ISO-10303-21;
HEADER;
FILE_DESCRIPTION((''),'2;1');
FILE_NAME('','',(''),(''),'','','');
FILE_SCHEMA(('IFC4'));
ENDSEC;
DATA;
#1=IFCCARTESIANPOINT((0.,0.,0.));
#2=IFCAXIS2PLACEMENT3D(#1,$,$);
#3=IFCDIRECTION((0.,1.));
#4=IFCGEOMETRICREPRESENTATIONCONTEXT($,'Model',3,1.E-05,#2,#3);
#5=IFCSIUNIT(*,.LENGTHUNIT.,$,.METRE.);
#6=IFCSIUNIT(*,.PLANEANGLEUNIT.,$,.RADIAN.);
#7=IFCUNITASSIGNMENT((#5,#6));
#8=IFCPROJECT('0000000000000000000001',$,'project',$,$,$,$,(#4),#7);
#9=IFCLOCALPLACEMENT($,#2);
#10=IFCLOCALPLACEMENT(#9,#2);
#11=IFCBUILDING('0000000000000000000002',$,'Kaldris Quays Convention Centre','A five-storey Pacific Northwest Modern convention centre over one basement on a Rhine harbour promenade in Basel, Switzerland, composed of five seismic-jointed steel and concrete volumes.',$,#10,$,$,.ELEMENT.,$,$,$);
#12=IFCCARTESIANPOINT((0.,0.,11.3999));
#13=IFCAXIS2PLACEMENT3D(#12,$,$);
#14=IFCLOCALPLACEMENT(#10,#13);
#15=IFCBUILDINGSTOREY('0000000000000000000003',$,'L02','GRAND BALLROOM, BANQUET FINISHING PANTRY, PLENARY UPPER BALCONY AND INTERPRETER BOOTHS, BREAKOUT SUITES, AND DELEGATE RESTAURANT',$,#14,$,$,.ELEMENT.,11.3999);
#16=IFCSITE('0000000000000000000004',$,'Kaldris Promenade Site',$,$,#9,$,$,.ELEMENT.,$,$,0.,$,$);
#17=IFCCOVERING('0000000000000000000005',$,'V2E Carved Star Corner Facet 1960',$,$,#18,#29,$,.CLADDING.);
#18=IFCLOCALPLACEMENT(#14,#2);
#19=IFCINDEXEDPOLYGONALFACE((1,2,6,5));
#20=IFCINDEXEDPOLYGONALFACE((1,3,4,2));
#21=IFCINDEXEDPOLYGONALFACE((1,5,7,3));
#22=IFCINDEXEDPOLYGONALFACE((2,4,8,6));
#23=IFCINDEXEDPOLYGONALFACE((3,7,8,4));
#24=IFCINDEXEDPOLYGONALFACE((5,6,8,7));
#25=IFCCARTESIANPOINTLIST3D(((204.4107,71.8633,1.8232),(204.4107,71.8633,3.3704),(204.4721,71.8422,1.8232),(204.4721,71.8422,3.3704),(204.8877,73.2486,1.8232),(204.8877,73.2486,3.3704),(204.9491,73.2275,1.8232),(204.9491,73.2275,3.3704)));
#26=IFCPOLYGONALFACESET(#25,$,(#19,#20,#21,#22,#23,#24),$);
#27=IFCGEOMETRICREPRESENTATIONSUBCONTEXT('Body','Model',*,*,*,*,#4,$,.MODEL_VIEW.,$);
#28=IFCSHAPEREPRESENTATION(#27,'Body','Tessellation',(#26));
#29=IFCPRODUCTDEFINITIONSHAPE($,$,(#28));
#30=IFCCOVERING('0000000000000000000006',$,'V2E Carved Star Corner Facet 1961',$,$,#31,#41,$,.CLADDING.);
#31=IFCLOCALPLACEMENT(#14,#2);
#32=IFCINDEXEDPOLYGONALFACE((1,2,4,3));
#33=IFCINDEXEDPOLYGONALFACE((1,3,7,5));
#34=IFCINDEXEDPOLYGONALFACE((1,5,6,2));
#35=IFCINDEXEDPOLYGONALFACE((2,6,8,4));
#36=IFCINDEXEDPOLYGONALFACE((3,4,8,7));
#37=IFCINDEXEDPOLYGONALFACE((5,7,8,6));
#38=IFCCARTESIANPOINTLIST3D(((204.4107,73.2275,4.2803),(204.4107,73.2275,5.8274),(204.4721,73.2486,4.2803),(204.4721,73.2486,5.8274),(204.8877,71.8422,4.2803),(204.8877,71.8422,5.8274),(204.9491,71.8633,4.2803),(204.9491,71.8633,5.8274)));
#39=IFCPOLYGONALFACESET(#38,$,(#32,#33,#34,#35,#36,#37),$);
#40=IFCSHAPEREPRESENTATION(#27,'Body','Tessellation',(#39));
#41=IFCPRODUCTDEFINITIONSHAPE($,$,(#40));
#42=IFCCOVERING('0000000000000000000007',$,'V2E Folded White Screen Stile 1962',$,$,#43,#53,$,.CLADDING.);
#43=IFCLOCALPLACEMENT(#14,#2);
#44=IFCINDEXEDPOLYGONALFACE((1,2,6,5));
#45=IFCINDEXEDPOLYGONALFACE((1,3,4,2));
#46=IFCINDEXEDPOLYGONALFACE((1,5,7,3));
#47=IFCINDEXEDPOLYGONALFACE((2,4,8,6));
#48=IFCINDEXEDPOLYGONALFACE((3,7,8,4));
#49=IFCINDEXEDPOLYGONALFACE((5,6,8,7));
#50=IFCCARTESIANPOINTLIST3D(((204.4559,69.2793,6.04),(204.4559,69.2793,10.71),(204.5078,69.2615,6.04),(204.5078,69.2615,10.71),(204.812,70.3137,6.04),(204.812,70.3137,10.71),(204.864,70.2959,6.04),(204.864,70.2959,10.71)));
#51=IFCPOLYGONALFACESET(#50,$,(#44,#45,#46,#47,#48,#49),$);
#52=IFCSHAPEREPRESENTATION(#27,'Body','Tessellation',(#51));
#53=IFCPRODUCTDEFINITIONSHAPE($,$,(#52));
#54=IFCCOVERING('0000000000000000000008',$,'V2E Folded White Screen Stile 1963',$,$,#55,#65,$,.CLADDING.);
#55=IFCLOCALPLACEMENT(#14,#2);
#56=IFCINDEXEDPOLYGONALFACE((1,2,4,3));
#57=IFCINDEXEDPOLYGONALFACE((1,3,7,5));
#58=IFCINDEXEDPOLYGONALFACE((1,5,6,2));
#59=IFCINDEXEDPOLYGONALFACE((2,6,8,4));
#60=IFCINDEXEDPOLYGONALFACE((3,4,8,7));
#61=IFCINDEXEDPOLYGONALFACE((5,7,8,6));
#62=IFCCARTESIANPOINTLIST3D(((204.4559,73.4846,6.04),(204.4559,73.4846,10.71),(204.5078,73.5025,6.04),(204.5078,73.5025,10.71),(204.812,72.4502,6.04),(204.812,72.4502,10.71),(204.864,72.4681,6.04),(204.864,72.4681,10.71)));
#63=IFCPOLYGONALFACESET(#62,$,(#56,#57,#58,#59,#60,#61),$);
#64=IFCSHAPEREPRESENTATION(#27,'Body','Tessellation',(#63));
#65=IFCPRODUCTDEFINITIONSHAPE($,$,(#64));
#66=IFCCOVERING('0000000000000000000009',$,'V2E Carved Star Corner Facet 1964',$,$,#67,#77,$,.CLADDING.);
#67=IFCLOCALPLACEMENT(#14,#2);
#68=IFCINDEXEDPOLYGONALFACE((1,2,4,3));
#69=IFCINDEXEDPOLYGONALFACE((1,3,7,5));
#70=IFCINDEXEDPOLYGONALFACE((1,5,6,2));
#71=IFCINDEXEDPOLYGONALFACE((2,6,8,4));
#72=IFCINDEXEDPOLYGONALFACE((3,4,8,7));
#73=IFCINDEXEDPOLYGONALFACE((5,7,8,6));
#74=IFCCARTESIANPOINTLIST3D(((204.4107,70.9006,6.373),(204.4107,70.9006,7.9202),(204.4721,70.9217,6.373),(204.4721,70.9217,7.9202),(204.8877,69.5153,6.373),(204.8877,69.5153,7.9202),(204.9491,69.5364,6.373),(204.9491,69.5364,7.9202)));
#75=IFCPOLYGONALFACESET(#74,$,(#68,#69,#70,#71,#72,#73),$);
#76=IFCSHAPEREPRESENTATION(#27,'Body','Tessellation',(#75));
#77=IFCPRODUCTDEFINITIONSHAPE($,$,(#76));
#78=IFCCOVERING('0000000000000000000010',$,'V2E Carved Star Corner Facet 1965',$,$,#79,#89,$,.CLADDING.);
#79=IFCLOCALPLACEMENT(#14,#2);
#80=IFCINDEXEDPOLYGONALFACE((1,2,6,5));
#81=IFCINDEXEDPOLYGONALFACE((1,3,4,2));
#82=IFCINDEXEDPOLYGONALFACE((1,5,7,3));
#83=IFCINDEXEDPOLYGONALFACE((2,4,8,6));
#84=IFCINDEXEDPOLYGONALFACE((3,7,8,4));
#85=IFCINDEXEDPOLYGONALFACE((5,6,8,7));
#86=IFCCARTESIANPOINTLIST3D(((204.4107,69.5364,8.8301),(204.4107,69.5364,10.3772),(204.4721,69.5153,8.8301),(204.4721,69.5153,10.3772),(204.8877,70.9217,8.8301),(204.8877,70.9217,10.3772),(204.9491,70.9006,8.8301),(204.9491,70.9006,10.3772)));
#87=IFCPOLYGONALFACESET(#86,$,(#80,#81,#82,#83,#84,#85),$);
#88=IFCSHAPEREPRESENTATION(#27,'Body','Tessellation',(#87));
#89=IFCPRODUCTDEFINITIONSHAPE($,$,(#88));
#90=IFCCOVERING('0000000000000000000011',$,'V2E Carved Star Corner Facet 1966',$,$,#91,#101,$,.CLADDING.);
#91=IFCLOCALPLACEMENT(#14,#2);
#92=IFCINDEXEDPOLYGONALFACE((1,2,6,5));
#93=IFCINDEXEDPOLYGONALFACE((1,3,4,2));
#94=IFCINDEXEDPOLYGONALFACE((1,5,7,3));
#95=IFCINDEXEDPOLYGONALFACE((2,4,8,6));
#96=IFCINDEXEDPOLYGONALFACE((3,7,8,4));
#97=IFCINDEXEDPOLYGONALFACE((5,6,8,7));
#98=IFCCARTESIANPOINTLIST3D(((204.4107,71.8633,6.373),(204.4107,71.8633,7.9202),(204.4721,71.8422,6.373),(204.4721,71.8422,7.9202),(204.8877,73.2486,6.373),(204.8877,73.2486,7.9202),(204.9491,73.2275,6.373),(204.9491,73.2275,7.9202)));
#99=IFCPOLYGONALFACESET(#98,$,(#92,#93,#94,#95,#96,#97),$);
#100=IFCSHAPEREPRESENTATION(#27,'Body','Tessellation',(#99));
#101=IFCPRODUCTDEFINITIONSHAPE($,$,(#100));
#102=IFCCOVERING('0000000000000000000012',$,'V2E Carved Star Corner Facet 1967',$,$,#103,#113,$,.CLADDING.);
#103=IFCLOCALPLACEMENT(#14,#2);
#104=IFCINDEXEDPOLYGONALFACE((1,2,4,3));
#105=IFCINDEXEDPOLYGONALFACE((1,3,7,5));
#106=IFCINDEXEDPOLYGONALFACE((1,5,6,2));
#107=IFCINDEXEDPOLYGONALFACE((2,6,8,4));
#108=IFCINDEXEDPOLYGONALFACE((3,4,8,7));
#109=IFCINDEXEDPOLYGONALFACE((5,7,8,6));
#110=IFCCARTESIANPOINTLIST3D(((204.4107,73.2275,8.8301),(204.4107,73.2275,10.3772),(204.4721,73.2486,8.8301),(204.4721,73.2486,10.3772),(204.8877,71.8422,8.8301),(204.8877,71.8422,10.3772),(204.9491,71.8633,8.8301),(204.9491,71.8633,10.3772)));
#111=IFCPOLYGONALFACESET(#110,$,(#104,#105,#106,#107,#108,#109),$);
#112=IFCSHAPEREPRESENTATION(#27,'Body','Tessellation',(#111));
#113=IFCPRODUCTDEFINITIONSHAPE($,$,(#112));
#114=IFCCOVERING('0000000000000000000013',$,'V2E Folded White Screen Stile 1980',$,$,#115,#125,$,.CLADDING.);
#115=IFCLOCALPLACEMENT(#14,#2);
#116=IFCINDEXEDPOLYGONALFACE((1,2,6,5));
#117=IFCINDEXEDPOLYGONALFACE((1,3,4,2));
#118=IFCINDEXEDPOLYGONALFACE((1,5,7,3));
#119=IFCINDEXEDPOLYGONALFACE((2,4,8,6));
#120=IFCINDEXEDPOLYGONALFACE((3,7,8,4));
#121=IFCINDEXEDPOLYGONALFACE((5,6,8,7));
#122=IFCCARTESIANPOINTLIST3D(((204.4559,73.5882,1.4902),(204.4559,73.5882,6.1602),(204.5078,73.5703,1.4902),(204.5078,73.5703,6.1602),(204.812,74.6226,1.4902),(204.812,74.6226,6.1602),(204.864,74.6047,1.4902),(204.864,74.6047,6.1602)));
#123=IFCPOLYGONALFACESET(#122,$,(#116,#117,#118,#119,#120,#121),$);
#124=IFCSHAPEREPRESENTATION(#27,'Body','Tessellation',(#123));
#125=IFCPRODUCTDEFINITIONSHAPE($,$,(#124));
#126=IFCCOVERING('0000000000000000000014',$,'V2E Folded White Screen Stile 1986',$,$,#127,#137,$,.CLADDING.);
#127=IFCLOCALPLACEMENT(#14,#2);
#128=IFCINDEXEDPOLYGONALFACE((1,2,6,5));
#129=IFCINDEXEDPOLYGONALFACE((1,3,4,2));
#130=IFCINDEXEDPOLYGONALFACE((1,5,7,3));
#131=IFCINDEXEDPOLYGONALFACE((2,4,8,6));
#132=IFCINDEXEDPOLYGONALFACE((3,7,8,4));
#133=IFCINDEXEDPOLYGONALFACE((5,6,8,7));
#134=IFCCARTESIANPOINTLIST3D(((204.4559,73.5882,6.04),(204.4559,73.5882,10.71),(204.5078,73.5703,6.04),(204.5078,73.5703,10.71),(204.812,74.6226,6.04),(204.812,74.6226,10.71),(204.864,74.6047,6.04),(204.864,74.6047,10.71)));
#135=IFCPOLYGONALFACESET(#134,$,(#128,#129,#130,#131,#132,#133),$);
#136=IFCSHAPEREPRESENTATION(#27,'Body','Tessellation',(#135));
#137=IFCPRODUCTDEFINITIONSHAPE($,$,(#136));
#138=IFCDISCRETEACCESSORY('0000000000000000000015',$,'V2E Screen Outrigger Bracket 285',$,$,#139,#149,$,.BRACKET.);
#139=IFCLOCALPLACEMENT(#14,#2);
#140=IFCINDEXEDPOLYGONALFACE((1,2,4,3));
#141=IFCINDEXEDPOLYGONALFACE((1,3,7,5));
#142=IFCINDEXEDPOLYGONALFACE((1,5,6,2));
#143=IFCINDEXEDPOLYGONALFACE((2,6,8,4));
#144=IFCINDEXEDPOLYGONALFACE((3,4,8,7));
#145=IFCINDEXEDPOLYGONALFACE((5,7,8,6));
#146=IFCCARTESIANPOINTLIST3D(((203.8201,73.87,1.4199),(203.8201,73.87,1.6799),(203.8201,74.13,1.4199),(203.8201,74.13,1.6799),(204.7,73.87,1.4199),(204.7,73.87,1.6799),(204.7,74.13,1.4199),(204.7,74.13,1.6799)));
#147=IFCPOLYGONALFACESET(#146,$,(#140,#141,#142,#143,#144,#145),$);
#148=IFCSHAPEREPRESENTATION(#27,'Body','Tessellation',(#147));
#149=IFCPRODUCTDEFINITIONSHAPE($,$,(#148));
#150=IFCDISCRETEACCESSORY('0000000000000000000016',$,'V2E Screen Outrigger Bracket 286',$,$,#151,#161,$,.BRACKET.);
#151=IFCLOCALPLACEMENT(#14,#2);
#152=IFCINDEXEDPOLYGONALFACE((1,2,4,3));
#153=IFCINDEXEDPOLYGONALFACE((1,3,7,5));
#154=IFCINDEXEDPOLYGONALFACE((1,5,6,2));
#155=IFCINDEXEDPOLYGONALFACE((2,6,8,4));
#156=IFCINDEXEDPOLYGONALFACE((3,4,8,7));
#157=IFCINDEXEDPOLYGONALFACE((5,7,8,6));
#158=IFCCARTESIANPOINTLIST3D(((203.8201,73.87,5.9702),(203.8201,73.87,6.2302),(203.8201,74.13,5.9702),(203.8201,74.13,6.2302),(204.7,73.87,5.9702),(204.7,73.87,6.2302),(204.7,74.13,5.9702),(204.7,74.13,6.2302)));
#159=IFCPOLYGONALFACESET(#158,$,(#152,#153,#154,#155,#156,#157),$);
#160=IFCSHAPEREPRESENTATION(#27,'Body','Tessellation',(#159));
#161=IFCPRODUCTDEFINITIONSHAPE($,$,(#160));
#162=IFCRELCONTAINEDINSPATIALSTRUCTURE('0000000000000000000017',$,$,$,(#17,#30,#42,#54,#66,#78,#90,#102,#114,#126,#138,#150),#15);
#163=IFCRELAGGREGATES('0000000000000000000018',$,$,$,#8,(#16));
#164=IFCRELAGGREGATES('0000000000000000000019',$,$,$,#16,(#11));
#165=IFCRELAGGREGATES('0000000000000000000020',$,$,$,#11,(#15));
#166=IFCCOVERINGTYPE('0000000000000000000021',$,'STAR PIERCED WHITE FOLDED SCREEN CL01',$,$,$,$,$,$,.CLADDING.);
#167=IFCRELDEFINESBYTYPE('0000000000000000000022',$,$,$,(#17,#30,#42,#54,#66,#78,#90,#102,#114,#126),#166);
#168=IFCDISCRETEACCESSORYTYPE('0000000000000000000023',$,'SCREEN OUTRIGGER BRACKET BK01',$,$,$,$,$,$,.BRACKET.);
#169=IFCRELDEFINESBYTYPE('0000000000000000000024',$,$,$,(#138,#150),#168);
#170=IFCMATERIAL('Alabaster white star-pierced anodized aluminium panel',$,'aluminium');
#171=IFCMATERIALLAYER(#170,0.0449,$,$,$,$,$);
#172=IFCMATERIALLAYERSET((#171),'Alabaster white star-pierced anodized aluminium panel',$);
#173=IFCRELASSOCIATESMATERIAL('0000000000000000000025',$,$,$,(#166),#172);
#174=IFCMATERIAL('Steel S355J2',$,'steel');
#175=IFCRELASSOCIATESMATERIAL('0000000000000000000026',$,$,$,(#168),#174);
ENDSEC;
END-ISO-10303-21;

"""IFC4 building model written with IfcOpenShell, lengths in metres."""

from ifc_helpers import new_model, si_unit, direction, frame, origin, origin_2d, place, context, subcontext, project, spatial, rectangle, extrude, material, layer, layer_set, type_object, element, save


model = new_model("IFC4")

# Units and contexts
model_context = context("Model", 3, precision=1e-05, world=origin(), true_north=direction((0.0, 1.0)))
body_context = subcontext(model_context, "Body", "Model", "MODEL_VIEW")
ifc_project = project(units=[si_unit("LENGTHUNIT", "METRE"), si_unit("PLANEANGLEUNIT", "RADIAN")], contexts=[model_context])

# Site, building, storey
site_placement = place(None, origin())
site = spatial("IfcSite", under=ifc_project, at=site_placement, Name="Kaldris Promenade Site", CompositionType="ELEMENT", RefElevation=0.0)
building_placement = place(site_placement, origin())
building = spatial("IfcBuilding", under=site, at=building_placement, Name="Kaldris Quays Convention Centre", Description="A five-storey Pacific Northwest Modern convention centre over one basement on a Rhine harbour promenade in Basel, Switzerland, composed of five seismic-jointed steel and concrete volumes.", CompositionType="ELEMENT")
storey_placement = place(building_placement, frame((0.0, 0.0, 11.3999)))
storey = spatial("IfcBuildingStorey", under=building, at=storey_placement, Name="L02", Description="GRAND BALLROOM, BANQUET FINISHING PANTRY, PLENARY UPPER BALCONY AND INTERPRETER BOOTHS, BREAKOUT SUITES, AND DELEGATE RESTAURANT", CompositionType="ELEMENT", Elevation=11.3999)

# Shared definitions
ifc_material_1 = material(Name="Steel S355J2", Category="steel")

# Coverings
ifc_material_2 = material(Name="Alabaster white star-pierced anodized aluminium panel", Category="aluminium")
ifc_layer = layer(ifc_material_2, 0.0449)
ifc_layer_set = layer_set([ifc_layer], Name="Alabaster white star-pierced anodized aluminium panel")
covering_type = type_object("IfcCoveringType", Name="STAR PIERCED WHITE FOLDED SCREEN CL01", PredefinedType="CLADDING", material=ifc_layer_set)
for number, where, z_axis, x_axis, name in (
    (1, (204.6799, 72.5454, 1.8232), (0.0, 0.0, 1.0), (0.325568, 0.945519, 0.0), "V2E Carved Star Corner Facet 1960"),
    (2, (204.6799, 72.5454, 4.2803), (0.0, 0.0, 1.0), (-0.325568, 0.945519, 0.0), "V2E Carved Star Corner Facet 1961"),
):
    element("IfcCovering", number, at=place(storey_placement, frame(where, z_axis=z_axis, x_axis=x_axis)), inside=storey, type_object=covering_type, Name=name, PredefinedType="CLADDING", context=body_context, shape_type="SweptSolid", body=[
        extrude(rectangle(XDim=1.4651, YDim=0.0649, at=origin_2d()), origin(), (0.0, 0.0, 1.0), 1.5471),
    ])
for number, where, z_axis, x_axis, name in (
    (3, (204.6599, 69.7876, 6.04), (0.0, 0.0, 1.0), (0.325568, 0.945519, 0.0), "V2E Folded White Screen Stile 1962"),
    (4, (204.6599, 72.9763, 6.04), (0.0, 0.0, 1.0), (-0.325568, 0.945519, 0.0), "V2E Folded White Screen Stile 1963"),
):
    element("IfcCovering", number, at=place(storey_placement, frame(where, z_axis=z_axis, x_axis=x_axis)), inside=storey, type_object=covering_type, Name=name, PredefinedType="CLADDING", context=body_context, shape_type="SweptSolid", body=[
        extrude(rectangle(XDim=1.094, YDim=0.0549, at=origin_2d()), origin(), (0.0, 0.0, 1.0), 4.6699),
    ])
for number, where, z_axis, x_axis, name in (
    (5, (204.6799, 70.2185, 6.373), (0.0, 0.0, 1.0), (-0.325568, 0.945519, 0.0), "V2E Carved Star Corner Facet 1964"),
    (6, (204.6799, 70.2185, 8.8301), (0.0, 0.0, 1.0), (0.325568, 0.945519, 0.0), "V2E Carved Star Corner Facet 1965"),
    (7, (204.6799, 72.5454, 6.373), (0.0, 0.0, 1.0), (0.325568, 0.945519, 0.0), "V2E Carved Star Corner Facet 1966"),
    (8, (204.6799, 72.5454, 8.8301), (0.0, 0.0, 1.0), (-0.325568, 0.945519, 0.0), "V2E Carved Star Corner Facet 1967"),
):
    element("IfcCovering", number, at=place(storey_placement, frame(where, z_axis=z_axis, x_axis=x_axis)), inside=storey, type_object=covering_type, Name=name, PredefinedType="CLADDING", context=body_context, shape_type="SweptSolid", body=[
        extrude(rectangle(XDim=1.4651, YDim=0.0649, at=origin_2d()), origin(), (0.0, 0.0, 1.0), 1.5471),
    ])
for number, where, z_axis, x_axis, name in (
    (9, (204.6599, 74.0964, 1.4902), (0.0, 0.0, 1.0), (0.325568, 0.945519, 0.0), "V2E Folded White Screen Stile 1980"),
    (10, (204.6599, 74.0964, 6.04), (0.0, 0.0, 1.0), (0.325568, 0.945519, 0.0), "V2E Folded White Screen Stile 1986"),
):
    element("IfcCovering", number, at=place(storey_placement, frame(where, z_axis=z_axis, x_axis=x_axis)), inside=storey, type_object=covering_type, Name=name, PredefinedType="CLADDING", context=body_context, shape_type="SweptSolid", body=[
        extrude(rectangle(XDim=1.094, YDim=0.0549, at=origin_2d()), origin(), (0.0, 0.0, 1.0), 4.6699),
    ])

# Discrete accessories
discrete_accessory_type = type_object("IfcDiscreteAccessoryType", Name="SCREEN OUTRIGGER BRACKET BK01", PredefinedType="BRACKET", material=ifc_material_1)
for number, where, z_axis, x_axis, name in (
    (11, (204.26, 74.0, 1.4199), (0.0, 0.0, 1.0), (0.0, 1.0, 0.0), "V2E Screen Outrigger Bracket 285"),
    (12, (204.26, 74.0, 5.9702), (0.0, 0.0, 1.0), (0.0, 1.0, 0.0), "V2E Screen Outrigger Bracket 286"),
):
    element("IfcDiscreteAccessory", number, at=place(storey_placement, frame(where, z_axis=z_axis, x_axis=x_axis)), inside=storey, type_object=discrete_accessory_type, Name=name, PredefinedType="BRACKET", context=body_context, shape_type="SweptSolid", body=[
        extrude(rectangle(XDim=0.26, YDim=0.8799, at=origin_2d()), origin(), (0.0, 0.0, 1.0), 0.26),
    ])

save(model, "model.ifc")
